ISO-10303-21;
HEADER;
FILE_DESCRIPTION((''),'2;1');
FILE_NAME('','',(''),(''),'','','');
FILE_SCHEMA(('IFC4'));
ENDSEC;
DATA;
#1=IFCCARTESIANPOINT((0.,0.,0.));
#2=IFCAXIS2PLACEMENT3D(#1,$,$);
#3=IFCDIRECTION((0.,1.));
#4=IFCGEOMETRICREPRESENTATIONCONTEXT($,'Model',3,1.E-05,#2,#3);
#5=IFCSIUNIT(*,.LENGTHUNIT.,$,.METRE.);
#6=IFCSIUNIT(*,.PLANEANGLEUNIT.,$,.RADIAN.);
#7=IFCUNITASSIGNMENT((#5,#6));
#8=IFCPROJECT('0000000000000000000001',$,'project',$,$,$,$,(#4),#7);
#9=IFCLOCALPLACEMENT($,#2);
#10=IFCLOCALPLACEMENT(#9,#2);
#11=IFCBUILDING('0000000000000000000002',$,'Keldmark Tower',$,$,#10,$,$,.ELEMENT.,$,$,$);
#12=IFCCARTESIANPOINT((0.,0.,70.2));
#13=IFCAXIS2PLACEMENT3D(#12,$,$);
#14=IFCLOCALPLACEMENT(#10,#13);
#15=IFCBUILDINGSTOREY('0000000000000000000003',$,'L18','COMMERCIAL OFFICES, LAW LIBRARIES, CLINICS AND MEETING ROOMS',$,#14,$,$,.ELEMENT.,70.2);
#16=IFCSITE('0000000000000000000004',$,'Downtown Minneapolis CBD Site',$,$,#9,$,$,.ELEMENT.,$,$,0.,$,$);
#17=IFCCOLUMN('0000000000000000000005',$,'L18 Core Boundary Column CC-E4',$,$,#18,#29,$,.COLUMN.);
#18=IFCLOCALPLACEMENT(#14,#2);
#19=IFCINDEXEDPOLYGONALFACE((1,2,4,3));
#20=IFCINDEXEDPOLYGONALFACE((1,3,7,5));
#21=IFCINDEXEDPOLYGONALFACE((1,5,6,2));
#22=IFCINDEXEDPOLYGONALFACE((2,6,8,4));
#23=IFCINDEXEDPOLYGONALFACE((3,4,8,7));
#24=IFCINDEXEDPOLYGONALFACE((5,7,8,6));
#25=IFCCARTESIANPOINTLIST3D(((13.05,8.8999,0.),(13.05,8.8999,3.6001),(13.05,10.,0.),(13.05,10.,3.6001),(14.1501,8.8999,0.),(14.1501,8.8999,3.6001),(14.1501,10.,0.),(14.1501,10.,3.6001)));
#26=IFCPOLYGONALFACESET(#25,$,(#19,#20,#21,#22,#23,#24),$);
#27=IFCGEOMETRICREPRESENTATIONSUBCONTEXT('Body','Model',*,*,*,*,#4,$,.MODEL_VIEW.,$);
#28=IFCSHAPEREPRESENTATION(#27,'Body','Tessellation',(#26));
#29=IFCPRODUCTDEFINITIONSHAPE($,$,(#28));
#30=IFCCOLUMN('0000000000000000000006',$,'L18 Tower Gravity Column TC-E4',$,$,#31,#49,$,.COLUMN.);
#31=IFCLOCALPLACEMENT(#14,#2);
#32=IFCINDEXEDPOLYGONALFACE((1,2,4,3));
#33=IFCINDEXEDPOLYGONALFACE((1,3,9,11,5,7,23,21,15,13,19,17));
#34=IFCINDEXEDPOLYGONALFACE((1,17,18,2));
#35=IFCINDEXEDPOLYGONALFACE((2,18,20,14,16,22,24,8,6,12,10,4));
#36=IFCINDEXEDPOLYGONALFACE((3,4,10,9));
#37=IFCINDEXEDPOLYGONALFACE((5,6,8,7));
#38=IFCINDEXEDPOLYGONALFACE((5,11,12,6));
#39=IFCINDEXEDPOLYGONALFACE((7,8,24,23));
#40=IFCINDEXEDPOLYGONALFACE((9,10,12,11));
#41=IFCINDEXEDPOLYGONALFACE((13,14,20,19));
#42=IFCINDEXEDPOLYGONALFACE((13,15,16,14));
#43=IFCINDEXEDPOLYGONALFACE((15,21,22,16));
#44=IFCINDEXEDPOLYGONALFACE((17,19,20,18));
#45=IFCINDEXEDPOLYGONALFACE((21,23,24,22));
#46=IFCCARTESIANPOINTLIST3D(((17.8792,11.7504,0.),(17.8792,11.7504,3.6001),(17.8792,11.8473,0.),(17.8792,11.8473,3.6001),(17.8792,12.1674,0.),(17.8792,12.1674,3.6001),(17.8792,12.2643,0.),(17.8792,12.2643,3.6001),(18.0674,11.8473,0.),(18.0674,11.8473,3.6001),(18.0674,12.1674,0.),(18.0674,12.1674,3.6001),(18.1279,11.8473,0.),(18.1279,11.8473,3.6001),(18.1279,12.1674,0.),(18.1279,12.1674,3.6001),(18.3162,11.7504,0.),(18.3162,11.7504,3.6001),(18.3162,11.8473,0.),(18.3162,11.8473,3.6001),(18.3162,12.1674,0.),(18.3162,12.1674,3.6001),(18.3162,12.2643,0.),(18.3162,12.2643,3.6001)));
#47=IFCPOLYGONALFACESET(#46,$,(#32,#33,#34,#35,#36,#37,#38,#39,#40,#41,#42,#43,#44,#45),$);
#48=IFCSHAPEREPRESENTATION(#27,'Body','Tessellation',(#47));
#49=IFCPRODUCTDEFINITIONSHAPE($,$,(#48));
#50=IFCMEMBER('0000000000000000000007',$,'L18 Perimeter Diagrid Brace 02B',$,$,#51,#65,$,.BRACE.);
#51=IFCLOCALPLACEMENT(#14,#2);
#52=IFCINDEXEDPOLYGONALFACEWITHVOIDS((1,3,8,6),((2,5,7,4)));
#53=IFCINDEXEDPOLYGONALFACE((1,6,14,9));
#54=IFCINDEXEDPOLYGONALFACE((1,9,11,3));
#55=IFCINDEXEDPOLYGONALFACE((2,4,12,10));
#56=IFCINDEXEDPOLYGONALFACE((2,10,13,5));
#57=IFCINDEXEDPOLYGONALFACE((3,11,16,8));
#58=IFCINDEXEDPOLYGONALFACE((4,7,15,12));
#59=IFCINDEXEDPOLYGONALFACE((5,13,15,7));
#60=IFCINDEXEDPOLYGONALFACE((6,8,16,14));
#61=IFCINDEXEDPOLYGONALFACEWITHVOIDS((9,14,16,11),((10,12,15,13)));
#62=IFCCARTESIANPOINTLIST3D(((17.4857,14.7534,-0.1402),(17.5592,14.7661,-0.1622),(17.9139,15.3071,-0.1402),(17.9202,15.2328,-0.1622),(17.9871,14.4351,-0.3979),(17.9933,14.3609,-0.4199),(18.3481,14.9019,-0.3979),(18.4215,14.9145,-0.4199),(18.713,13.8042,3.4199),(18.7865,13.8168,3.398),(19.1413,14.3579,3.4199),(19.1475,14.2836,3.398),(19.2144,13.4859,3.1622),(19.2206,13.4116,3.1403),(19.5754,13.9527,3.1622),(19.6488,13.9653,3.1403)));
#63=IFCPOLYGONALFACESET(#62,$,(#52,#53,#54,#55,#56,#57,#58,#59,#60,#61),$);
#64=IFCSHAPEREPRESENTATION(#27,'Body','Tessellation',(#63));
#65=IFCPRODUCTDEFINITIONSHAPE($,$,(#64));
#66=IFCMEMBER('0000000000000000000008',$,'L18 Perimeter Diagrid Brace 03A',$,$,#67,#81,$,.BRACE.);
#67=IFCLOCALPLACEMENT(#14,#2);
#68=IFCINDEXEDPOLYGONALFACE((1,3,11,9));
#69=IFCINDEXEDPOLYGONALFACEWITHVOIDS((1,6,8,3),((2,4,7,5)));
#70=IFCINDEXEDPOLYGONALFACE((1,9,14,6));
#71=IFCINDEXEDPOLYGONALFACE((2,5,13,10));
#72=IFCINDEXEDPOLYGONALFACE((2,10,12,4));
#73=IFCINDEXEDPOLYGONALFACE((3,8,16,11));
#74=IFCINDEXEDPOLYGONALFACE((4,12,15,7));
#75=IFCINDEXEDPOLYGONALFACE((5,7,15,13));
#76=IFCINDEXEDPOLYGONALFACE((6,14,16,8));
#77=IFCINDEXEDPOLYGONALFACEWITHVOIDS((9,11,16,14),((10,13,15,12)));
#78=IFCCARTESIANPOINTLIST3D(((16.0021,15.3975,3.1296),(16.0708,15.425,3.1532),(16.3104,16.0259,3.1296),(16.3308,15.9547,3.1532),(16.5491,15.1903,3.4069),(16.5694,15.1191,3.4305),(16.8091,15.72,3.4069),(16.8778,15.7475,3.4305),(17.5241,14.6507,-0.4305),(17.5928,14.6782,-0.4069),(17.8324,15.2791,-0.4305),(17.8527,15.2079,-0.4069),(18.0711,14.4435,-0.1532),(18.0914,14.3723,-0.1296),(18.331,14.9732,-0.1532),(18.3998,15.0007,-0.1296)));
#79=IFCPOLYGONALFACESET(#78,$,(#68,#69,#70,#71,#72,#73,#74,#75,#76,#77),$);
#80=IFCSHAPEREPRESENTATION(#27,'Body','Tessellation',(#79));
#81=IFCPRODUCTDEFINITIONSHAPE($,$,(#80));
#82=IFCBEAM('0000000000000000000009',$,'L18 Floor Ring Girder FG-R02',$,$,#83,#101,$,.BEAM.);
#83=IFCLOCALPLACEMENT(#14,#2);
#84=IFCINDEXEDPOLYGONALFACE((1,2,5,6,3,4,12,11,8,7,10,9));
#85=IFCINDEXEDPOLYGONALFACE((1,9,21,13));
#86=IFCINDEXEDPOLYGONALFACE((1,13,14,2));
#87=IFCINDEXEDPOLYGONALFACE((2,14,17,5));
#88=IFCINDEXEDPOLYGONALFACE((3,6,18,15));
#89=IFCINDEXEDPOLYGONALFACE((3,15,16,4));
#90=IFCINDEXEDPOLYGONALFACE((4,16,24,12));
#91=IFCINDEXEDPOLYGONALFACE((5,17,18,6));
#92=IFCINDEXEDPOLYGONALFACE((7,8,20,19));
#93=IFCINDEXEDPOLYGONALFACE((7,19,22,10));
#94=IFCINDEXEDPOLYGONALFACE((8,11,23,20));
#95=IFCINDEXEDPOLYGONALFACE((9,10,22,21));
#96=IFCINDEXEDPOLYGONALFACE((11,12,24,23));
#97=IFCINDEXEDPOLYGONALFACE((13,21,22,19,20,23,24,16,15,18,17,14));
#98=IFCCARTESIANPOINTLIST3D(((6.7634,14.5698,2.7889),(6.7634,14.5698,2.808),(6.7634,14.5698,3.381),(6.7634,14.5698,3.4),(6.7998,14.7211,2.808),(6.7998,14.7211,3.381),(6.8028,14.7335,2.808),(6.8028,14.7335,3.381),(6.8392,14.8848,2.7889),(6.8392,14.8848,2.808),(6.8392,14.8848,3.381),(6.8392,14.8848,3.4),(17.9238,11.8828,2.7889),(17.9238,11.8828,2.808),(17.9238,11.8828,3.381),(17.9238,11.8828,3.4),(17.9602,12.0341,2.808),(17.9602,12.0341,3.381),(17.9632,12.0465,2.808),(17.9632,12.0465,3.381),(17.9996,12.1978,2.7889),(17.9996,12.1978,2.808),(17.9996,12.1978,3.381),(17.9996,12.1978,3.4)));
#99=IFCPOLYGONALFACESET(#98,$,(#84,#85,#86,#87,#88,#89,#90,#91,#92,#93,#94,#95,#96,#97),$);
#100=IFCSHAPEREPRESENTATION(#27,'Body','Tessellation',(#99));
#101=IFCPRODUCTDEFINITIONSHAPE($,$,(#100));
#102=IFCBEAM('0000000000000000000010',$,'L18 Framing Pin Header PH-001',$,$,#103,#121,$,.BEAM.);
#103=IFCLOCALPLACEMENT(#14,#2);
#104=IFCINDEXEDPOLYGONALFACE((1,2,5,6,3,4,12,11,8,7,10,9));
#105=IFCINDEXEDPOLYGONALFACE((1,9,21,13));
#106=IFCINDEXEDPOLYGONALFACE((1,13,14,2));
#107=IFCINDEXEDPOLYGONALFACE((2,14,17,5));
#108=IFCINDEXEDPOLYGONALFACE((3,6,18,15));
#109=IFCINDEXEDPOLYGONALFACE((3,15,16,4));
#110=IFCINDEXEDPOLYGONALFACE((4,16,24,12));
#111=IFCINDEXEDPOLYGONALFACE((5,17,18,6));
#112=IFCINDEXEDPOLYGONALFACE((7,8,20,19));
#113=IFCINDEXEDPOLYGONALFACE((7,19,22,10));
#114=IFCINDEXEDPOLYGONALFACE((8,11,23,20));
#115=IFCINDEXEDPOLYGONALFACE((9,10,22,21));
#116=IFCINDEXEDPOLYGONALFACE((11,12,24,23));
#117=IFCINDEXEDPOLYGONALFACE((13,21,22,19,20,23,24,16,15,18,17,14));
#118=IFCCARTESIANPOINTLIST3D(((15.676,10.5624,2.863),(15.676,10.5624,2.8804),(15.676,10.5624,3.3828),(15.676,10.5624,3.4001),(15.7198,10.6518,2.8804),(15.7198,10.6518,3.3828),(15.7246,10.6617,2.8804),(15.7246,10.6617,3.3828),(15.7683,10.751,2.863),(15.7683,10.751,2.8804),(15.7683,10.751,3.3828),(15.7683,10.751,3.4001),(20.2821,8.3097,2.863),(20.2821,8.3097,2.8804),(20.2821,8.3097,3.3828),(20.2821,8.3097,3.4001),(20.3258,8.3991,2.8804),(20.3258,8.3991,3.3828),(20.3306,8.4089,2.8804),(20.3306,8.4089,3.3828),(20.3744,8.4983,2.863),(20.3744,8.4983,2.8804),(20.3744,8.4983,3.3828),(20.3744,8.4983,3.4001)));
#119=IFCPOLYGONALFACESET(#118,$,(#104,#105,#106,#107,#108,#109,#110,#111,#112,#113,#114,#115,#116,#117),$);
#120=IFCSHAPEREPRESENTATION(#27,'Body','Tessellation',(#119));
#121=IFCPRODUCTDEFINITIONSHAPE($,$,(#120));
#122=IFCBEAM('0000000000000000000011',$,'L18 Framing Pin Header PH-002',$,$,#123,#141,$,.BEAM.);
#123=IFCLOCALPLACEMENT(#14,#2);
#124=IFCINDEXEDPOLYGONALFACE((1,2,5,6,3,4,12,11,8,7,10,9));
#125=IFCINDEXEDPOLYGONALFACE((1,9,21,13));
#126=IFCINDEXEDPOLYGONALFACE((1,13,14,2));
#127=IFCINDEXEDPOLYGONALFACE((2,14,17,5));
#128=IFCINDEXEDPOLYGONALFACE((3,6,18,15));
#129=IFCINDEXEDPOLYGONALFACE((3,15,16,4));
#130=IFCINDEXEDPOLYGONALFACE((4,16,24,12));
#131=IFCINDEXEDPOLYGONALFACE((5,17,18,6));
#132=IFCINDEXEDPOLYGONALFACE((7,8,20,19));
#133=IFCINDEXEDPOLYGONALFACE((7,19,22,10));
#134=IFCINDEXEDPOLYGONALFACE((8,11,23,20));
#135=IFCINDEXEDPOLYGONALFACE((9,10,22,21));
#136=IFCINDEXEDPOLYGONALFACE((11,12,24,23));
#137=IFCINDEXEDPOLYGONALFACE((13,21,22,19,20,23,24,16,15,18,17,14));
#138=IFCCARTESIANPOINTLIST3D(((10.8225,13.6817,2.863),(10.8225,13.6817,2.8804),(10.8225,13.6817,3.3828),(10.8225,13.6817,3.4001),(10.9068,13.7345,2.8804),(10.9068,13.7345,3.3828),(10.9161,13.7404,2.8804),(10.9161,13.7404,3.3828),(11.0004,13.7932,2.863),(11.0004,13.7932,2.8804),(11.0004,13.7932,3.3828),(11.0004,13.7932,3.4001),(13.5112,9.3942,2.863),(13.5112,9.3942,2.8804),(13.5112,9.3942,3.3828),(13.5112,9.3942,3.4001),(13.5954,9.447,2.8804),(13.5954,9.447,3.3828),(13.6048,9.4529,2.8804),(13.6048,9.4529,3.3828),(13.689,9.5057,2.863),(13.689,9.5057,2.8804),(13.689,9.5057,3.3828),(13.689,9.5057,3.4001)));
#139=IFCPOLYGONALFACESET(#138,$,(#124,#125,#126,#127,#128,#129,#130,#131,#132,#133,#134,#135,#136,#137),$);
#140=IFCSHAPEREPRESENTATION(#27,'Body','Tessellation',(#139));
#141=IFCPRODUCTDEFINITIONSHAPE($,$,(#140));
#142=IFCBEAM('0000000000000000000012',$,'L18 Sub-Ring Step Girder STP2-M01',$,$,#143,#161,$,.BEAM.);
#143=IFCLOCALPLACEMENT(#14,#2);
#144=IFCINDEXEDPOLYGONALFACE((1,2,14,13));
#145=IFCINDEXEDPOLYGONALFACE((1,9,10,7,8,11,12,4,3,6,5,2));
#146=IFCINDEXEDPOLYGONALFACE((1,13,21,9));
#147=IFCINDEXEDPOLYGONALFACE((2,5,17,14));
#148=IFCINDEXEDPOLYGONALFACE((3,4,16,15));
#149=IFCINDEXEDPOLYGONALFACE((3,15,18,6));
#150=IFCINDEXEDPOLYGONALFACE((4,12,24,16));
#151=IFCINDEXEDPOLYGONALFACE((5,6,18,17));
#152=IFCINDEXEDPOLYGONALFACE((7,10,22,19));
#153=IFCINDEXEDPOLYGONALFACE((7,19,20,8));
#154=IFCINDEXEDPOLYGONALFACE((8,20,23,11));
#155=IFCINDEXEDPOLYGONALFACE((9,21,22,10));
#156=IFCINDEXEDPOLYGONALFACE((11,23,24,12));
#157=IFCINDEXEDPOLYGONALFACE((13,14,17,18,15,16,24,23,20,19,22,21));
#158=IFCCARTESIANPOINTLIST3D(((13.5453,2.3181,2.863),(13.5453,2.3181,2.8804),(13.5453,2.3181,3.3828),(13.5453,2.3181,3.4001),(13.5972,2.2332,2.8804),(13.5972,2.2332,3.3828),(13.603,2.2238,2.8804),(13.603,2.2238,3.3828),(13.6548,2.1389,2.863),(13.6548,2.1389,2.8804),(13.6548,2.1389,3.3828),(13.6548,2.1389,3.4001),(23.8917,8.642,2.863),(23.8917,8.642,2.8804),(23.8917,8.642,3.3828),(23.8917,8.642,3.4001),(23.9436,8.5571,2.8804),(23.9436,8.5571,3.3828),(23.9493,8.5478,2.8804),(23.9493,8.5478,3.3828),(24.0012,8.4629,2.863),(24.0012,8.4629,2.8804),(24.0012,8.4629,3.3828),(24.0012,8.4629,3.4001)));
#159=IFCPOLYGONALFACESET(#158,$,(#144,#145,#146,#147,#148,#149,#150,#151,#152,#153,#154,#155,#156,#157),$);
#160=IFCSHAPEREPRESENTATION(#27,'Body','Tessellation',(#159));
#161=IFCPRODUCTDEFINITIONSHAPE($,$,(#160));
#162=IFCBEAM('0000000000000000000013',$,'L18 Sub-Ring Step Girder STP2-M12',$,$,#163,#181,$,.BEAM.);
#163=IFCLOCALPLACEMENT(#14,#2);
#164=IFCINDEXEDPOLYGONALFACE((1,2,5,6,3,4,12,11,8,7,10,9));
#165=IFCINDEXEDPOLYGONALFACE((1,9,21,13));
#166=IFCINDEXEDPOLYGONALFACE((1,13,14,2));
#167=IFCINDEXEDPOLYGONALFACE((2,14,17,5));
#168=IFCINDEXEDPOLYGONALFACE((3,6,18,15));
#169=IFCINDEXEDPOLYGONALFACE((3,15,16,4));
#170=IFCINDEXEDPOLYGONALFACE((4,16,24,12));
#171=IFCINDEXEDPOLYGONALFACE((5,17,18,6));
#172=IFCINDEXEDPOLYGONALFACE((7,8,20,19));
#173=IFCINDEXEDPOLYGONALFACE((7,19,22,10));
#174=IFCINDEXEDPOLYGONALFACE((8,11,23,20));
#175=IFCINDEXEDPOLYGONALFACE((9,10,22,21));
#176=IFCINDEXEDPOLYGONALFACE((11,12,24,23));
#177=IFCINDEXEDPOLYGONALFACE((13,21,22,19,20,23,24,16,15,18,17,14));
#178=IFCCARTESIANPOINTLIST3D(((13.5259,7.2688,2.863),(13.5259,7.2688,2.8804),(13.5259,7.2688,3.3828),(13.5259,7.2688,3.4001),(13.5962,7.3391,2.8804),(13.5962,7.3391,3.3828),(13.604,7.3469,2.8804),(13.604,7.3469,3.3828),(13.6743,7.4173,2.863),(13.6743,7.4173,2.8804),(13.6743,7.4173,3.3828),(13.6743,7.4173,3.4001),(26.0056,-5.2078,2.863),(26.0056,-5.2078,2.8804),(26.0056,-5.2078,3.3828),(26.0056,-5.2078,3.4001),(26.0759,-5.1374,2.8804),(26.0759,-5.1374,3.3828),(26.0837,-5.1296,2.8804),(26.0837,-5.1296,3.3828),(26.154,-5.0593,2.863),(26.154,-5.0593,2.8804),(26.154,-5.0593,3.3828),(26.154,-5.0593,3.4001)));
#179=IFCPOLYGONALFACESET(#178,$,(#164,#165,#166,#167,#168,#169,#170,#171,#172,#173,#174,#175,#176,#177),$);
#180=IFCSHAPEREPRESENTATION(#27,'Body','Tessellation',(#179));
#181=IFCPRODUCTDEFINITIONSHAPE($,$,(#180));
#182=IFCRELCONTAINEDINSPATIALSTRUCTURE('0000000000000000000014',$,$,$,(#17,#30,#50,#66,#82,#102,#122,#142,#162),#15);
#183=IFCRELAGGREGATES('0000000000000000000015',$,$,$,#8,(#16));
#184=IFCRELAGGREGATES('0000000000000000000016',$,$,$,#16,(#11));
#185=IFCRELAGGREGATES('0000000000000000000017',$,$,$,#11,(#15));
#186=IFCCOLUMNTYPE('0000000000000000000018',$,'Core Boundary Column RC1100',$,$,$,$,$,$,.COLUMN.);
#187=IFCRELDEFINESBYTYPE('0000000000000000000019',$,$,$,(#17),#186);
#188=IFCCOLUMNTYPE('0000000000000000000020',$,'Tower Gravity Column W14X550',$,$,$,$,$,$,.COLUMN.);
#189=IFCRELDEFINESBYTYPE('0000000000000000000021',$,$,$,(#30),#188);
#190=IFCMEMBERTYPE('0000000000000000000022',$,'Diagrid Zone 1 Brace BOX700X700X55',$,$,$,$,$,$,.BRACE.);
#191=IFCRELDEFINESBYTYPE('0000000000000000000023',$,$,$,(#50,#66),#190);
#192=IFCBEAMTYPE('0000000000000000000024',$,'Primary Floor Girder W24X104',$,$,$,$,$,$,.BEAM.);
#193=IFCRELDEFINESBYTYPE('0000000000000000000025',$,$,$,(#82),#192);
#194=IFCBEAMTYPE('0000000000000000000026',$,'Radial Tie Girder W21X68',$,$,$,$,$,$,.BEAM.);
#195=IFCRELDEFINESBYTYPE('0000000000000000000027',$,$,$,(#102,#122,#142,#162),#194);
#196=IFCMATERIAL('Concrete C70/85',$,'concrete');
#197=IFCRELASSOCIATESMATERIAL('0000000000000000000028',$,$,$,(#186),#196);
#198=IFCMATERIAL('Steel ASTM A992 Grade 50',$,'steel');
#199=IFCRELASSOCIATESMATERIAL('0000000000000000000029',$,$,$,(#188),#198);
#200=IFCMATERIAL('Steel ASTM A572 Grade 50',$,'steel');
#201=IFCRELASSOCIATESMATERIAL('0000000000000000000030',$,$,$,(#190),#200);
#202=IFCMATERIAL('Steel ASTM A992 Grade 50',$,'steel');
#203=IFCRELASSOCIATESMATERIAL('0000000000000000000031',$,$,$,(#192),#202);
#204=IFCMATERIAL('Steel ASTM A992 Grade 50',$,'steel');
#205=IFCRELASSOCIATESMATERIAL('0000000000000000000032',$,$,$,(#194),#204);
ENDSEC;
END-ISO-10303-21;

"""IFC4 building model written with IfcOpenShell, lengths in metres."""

from ifc_helpers import new_model, si_unit, direction, frame, origin, origin_2d, place, context, subcontext, project, spatial, rectangle, hollow_rectangle, i_section, extrude, material, material_profile, profile_set, type_object, element, save


model = new_model("IFC4")

# Units and contexts
model_context = context("Model", 3, precision=1e-05, world=origin(), true_north=direction((0.0, 1.0)))
body_context = subcontext(model_context, "Body", "Model", "MODEL_VIEW")
ifc_project = project(units=[si_unit("LENGTHUNIT", "METRE"), si_unit("PLANEANGLEUNIT", "RADIAN")], contexts=[model_context])

# Site, building, storey
site_placement = place(None, origin())
site = spatial("IfcSite", under=ifc_project, at=site_placement, Name="Downtown Minneapolis CBD Site", CompositionType="ELEMENT", RefElevation=0.0)
building_placement = place(site_placement, origin())
building = spatial("IfcBuilding", under=site, at=building_placement, Name="Keldmark Tower", CompositionType="ELEMENT")
storey_placement = place(building_placement, frame((0.0, 0.0, 70.2)))
storey = spatial("IfcBuildingStorey", under=building, at=storey_placement, Name="L18", Description="COMMERCIAL OFFICES, LAW LIBRARIES, CLINICS AND MEETING ROOMS", CompositionType="ELEMENT", Elevation=70.2)

# Columns
ifc_material_1 = material(Name="Concrete C70/85", Category="concrete")
ifc_material_profile_1 = material_profile(ifc_material_1, rectangle(XDim=1.1001, YDim=1.1001, at=origin_2d()), Name="RC1100X1100")
ifc_profile_set_1 = profile_set([ifc_material_profile_1], Name="Concrete C70/85")
column_type_1 = type_object("IfcColumnType", Name="Core Boundary Column RC1100", PredefinedType="COLUMN", material=ifc_profile_set_1)
column_1_placement = place(storey_placement, frame((13.6001, 9.45, 0.0), z_axis=(0.0, 0.0, 1.0), x_axis=(1.0, 0.0, 0.0)))
element("IfcColumn", 1, at=column_1_placement, inside=storey, type_object=column_type_1, Name="L18 Core Boundary Column CC-E4", PredefinedType="COLUMN", context=body_context, shape_type="SweptSolid", body=[
    extrude(rectangle(XDim=1.1001, YDim=1.1001, at=origin_2d()), origin(), (0.0, 0.0, 1.0), 3.6001),
])
ifc_material_2 = material(Name="Steel ASTM A992 Grade 50", Category="steel")
ifc_material_profile_2 = material_profile(ifc_material_2, i_section(OverallWidth=0.437, OverallDepth=0.5139, WebThickness=0.0605, FlangeThickness=0.0969, at=origin_2d()), Name="W14X550")
ifc_profile_set_2 = profile_set([ifc_material_profile_2], Name="Steel ASTM A992 Grade 50")
column_type_2 = type_object("IfcColumnType", Name="Tower Gravity Column W14X550", PredefinedType="COLUMN", material=ifc_profile_set_2)
column_2_placement = place(storey_placement, frame((18.0977, 12.0073, 0.0), z_axis=(0.0, 0.0, 1.0), x_axis=(1.0, 0.0, 0.0)))
element("IfcColumn", 2, at=column_2_placement, inside=storey, type_object=column_type_2, Name="L18 Tower Gravity Column TC-E4", PredefinedType="COLUMN", context=body_context, shape_type="SweptSolid", body=[
    extrude(i_section(OverallWidth=0.437, OverallDepth=0.5139, WebThickness=0.0605, FlangeThickness=0.0969, at=origin_2d()), origin(), (0.0, 0.0, 1.0), 3.6001),
])

# Members
ifc_material_3 = material(Name="Steel ASTM A572 Grade 50", Category="steel")
ifc_material_profile_3 = material_profile(ifc_material_3, hollow_rectangle(XDim=0.7, YDim=0.7, WallThickness=0.0549, at=origin_2d()), Name="BOX700X700X55")
ifc_profile_set_3 = profile_set([ifc_material_profile_3], Name="Steel ASTM A572 Grade 50")
member_type = type_object("IfcMemberType", Name="Diagrid Zone 1 Brace BOX700X700X55", PredefinedType="BRACE", material=ifc_profile_set_3)
member_1_placement = place(storey_placement, frame((17.9536, 14.834, -0.28), z_axis=(0.316031, -0.244426, 0.916723), x_axis=(0.611792, 0.791018, 0.0)))
element("IfcMember", 3, at=member_1_placement, inside=storey, type_object=member_type, Name="L18 Perimeter Diagrid Brace 02B", PredefinedType="BRACE", context=body_context, shape_type="SweptSolid", body=[
    extrude(hollow_rectangle(XDim=0.7, YDim=0.7, WallThickness=0.0549, at=origin_2d()), origin(), (0.0, 0.0, 1.0), 3.8835),
])
member_2_placement = place(storey_placement, frame((17.9619, 14.8257, -0.28), z_axis=(-0.385982, 0.1894, 0.902854), x_axis=(-0.440519, -0.897743, 0.0)))
element("IfcMember", 4, at=member_2_placement, inside=storey, type_object=member_type, Name="L18 Perimeter Diagrid Brace 03A", PredefinedType="BRACE", context=body_context, shape_type="SweptSolid", body=[
    extrude(hollow_rectangle(XDim=0.7, YDim=0.7, WallThickness=0.0549, at=origin_2d()), origin(), (0.0, 0.0, 1.0), 3.9431),
])

# Beams
ifc_material_4 = material(Name="Steel ASTM A992 Grade 50", Category="steel")
ifc_material_profile_4 = material_profile(ifc_material_4, i_section(OverallWidth=0.324, OverallDepth=0.6111, WebThickness=0.0127, FlangeThickness=0.019, at=origin_2d()), Name="W24X104")
ifc_profile_set_4 = profile_set([ifc_material_profile_4], Name="Steel ASTM A992 Grade 50")
beam_type_1 = type_object("IfcBeamType", Name="Primary Floor Girder W24X104", PredefinedType="BEAM", material=ifc_profile_set_4)
beam_1_placement = place(storey_placement, frame((17.9617, 12.0403, 3.0945), z_axis=(-0.972219, 0.234074, 0.0), x_axis=(-0.234074, -0.972219, 0.0)))
element("IfcBeam", 5, at=beam_1_placement, inside=storey, type_object=beam_type_1, Name="L18 Floor Ring Girder FG-R02", PredefinedType="BEAM", context=body_context, shape_type="SweptSolid", body=[
    extrude(i_section(OverallWidth=0.324, OverallDepth=0.6111, WebThickness=0.0127, FlangeThickness=0.019, at=origin_2d()), origin(), (0.0, 0.0, 1.0), 11.4792),
])
ifc_material_5 = material(Name="Steel ASTM A992 Grade 50", Category="steel")
ifc_material_profile_5 = material_profile(ifc_material_5, i_section(OverallWidth=0.21, OverallDepth=0.5371, WebThickness=0.011, FlangeThickness=0.0173, at=origin_2d()), Name="W21X68")
ifc_profile_set_5 = profile_set([ifc_material_profile_5], Name="Steel ASTM A992 Grade 50")
beam_type_2 = type_object("IfcBeamType", Name="Radial Tie Girder W21X68", PredefinedType="BEAM", material=ifc_profile_set_5)
beam_2_placement = place(storey_placement, frame((15.7222, 10.6567, 3.1316), z_axis=(0.898316, -0.439349, 0.0), x_axis=(0.439349, 0.898316, 0.0)))
element("IfcBeam", 6, at=beam_2_placement, inside=storey, type_object=beam_type_2, Name="L18 Framing Pin Header PH-001", PredefinedType="BEAM", context=body_context, shape_type="SweptSolid", body=[
    extrude(i_section(OverallWidth=0.21, OverallDepth=0.5371, WebThickness=0.011, FlangeThickness=0.0173, at=origin_2d()), origin(), (0.0, 0.0, 1.0), 5.1274),
])
beam_3_placement = place(storey_placement, frame((13.6001, 9.45, 3.1316), z_axis=(-0.531273, 0.847201, 0.0), x_axis=(-0.847201, -0.531273, 0.0)))
element("IfcBeam", 7, at=beam_3_placement, inside=storey, type_object=beam_type_2, Name="L18 Framing Pin Header PH-002", PredefinedType="BEAM", context=body_context, shape_type="SweptSolid", body=[
    extrude(i_section(OverallWidth=0.21, OverallDepth=0.5371, WebThickness=0.011, FlangeThickness=0.0173, at=origin_2d()), origin(), (0.0, 0.0, 1.0), 5.0608),
])
beam_4_placement = place(storey_placement, frame((13.6001, 2.2285, 3.1316), z_axis=(0.85324, 0.521519, 0.0), x_axis=(-0.521519, 0.85324, 0.0)))
element("IfcBeam", 8, at=beam_4_placement, inside=storey, type_object=beam_type_2, Name="L18 Sub-Ring Step Girder STP2-M01", PredefinedType="BEAM", context=body_context, shape_type="SweptSolid", body=[
    extrude(i_section(OverallWidth=0.21, OverallDepth=0.5371, WebThickness=0.011, FlangeThickness=0.0173, at=origin_2d()), origin(), (0.0, 0.0, 1.0), 12.126),
])
beam_5_placement = place(storey_placement, frame((13.6001, 7.343, 3.1316), z_axis=(0.707197, -0.707017, 0.0), x_axis=(0.707017, 0.707197, 0.0)))
element("IfcBeam", 9, at=beam_5_placement, inside=storey, type_object=beam_type_2, Name="L18 Sub-Ring Step Girder STP2-M12", PredefinedType="BEAM", context=body_context, shape_type="SweptSolid", body=[
    extrude(i_section(OverallWidth=0.21, OverallDepth=0.5371, WebThickness=0.011, FlangeThickness=0.0173, at=origin_2d()), origin(), (0.0, 0.0, 1.0), 17.6467),
])

save(model, "model.ifc")
